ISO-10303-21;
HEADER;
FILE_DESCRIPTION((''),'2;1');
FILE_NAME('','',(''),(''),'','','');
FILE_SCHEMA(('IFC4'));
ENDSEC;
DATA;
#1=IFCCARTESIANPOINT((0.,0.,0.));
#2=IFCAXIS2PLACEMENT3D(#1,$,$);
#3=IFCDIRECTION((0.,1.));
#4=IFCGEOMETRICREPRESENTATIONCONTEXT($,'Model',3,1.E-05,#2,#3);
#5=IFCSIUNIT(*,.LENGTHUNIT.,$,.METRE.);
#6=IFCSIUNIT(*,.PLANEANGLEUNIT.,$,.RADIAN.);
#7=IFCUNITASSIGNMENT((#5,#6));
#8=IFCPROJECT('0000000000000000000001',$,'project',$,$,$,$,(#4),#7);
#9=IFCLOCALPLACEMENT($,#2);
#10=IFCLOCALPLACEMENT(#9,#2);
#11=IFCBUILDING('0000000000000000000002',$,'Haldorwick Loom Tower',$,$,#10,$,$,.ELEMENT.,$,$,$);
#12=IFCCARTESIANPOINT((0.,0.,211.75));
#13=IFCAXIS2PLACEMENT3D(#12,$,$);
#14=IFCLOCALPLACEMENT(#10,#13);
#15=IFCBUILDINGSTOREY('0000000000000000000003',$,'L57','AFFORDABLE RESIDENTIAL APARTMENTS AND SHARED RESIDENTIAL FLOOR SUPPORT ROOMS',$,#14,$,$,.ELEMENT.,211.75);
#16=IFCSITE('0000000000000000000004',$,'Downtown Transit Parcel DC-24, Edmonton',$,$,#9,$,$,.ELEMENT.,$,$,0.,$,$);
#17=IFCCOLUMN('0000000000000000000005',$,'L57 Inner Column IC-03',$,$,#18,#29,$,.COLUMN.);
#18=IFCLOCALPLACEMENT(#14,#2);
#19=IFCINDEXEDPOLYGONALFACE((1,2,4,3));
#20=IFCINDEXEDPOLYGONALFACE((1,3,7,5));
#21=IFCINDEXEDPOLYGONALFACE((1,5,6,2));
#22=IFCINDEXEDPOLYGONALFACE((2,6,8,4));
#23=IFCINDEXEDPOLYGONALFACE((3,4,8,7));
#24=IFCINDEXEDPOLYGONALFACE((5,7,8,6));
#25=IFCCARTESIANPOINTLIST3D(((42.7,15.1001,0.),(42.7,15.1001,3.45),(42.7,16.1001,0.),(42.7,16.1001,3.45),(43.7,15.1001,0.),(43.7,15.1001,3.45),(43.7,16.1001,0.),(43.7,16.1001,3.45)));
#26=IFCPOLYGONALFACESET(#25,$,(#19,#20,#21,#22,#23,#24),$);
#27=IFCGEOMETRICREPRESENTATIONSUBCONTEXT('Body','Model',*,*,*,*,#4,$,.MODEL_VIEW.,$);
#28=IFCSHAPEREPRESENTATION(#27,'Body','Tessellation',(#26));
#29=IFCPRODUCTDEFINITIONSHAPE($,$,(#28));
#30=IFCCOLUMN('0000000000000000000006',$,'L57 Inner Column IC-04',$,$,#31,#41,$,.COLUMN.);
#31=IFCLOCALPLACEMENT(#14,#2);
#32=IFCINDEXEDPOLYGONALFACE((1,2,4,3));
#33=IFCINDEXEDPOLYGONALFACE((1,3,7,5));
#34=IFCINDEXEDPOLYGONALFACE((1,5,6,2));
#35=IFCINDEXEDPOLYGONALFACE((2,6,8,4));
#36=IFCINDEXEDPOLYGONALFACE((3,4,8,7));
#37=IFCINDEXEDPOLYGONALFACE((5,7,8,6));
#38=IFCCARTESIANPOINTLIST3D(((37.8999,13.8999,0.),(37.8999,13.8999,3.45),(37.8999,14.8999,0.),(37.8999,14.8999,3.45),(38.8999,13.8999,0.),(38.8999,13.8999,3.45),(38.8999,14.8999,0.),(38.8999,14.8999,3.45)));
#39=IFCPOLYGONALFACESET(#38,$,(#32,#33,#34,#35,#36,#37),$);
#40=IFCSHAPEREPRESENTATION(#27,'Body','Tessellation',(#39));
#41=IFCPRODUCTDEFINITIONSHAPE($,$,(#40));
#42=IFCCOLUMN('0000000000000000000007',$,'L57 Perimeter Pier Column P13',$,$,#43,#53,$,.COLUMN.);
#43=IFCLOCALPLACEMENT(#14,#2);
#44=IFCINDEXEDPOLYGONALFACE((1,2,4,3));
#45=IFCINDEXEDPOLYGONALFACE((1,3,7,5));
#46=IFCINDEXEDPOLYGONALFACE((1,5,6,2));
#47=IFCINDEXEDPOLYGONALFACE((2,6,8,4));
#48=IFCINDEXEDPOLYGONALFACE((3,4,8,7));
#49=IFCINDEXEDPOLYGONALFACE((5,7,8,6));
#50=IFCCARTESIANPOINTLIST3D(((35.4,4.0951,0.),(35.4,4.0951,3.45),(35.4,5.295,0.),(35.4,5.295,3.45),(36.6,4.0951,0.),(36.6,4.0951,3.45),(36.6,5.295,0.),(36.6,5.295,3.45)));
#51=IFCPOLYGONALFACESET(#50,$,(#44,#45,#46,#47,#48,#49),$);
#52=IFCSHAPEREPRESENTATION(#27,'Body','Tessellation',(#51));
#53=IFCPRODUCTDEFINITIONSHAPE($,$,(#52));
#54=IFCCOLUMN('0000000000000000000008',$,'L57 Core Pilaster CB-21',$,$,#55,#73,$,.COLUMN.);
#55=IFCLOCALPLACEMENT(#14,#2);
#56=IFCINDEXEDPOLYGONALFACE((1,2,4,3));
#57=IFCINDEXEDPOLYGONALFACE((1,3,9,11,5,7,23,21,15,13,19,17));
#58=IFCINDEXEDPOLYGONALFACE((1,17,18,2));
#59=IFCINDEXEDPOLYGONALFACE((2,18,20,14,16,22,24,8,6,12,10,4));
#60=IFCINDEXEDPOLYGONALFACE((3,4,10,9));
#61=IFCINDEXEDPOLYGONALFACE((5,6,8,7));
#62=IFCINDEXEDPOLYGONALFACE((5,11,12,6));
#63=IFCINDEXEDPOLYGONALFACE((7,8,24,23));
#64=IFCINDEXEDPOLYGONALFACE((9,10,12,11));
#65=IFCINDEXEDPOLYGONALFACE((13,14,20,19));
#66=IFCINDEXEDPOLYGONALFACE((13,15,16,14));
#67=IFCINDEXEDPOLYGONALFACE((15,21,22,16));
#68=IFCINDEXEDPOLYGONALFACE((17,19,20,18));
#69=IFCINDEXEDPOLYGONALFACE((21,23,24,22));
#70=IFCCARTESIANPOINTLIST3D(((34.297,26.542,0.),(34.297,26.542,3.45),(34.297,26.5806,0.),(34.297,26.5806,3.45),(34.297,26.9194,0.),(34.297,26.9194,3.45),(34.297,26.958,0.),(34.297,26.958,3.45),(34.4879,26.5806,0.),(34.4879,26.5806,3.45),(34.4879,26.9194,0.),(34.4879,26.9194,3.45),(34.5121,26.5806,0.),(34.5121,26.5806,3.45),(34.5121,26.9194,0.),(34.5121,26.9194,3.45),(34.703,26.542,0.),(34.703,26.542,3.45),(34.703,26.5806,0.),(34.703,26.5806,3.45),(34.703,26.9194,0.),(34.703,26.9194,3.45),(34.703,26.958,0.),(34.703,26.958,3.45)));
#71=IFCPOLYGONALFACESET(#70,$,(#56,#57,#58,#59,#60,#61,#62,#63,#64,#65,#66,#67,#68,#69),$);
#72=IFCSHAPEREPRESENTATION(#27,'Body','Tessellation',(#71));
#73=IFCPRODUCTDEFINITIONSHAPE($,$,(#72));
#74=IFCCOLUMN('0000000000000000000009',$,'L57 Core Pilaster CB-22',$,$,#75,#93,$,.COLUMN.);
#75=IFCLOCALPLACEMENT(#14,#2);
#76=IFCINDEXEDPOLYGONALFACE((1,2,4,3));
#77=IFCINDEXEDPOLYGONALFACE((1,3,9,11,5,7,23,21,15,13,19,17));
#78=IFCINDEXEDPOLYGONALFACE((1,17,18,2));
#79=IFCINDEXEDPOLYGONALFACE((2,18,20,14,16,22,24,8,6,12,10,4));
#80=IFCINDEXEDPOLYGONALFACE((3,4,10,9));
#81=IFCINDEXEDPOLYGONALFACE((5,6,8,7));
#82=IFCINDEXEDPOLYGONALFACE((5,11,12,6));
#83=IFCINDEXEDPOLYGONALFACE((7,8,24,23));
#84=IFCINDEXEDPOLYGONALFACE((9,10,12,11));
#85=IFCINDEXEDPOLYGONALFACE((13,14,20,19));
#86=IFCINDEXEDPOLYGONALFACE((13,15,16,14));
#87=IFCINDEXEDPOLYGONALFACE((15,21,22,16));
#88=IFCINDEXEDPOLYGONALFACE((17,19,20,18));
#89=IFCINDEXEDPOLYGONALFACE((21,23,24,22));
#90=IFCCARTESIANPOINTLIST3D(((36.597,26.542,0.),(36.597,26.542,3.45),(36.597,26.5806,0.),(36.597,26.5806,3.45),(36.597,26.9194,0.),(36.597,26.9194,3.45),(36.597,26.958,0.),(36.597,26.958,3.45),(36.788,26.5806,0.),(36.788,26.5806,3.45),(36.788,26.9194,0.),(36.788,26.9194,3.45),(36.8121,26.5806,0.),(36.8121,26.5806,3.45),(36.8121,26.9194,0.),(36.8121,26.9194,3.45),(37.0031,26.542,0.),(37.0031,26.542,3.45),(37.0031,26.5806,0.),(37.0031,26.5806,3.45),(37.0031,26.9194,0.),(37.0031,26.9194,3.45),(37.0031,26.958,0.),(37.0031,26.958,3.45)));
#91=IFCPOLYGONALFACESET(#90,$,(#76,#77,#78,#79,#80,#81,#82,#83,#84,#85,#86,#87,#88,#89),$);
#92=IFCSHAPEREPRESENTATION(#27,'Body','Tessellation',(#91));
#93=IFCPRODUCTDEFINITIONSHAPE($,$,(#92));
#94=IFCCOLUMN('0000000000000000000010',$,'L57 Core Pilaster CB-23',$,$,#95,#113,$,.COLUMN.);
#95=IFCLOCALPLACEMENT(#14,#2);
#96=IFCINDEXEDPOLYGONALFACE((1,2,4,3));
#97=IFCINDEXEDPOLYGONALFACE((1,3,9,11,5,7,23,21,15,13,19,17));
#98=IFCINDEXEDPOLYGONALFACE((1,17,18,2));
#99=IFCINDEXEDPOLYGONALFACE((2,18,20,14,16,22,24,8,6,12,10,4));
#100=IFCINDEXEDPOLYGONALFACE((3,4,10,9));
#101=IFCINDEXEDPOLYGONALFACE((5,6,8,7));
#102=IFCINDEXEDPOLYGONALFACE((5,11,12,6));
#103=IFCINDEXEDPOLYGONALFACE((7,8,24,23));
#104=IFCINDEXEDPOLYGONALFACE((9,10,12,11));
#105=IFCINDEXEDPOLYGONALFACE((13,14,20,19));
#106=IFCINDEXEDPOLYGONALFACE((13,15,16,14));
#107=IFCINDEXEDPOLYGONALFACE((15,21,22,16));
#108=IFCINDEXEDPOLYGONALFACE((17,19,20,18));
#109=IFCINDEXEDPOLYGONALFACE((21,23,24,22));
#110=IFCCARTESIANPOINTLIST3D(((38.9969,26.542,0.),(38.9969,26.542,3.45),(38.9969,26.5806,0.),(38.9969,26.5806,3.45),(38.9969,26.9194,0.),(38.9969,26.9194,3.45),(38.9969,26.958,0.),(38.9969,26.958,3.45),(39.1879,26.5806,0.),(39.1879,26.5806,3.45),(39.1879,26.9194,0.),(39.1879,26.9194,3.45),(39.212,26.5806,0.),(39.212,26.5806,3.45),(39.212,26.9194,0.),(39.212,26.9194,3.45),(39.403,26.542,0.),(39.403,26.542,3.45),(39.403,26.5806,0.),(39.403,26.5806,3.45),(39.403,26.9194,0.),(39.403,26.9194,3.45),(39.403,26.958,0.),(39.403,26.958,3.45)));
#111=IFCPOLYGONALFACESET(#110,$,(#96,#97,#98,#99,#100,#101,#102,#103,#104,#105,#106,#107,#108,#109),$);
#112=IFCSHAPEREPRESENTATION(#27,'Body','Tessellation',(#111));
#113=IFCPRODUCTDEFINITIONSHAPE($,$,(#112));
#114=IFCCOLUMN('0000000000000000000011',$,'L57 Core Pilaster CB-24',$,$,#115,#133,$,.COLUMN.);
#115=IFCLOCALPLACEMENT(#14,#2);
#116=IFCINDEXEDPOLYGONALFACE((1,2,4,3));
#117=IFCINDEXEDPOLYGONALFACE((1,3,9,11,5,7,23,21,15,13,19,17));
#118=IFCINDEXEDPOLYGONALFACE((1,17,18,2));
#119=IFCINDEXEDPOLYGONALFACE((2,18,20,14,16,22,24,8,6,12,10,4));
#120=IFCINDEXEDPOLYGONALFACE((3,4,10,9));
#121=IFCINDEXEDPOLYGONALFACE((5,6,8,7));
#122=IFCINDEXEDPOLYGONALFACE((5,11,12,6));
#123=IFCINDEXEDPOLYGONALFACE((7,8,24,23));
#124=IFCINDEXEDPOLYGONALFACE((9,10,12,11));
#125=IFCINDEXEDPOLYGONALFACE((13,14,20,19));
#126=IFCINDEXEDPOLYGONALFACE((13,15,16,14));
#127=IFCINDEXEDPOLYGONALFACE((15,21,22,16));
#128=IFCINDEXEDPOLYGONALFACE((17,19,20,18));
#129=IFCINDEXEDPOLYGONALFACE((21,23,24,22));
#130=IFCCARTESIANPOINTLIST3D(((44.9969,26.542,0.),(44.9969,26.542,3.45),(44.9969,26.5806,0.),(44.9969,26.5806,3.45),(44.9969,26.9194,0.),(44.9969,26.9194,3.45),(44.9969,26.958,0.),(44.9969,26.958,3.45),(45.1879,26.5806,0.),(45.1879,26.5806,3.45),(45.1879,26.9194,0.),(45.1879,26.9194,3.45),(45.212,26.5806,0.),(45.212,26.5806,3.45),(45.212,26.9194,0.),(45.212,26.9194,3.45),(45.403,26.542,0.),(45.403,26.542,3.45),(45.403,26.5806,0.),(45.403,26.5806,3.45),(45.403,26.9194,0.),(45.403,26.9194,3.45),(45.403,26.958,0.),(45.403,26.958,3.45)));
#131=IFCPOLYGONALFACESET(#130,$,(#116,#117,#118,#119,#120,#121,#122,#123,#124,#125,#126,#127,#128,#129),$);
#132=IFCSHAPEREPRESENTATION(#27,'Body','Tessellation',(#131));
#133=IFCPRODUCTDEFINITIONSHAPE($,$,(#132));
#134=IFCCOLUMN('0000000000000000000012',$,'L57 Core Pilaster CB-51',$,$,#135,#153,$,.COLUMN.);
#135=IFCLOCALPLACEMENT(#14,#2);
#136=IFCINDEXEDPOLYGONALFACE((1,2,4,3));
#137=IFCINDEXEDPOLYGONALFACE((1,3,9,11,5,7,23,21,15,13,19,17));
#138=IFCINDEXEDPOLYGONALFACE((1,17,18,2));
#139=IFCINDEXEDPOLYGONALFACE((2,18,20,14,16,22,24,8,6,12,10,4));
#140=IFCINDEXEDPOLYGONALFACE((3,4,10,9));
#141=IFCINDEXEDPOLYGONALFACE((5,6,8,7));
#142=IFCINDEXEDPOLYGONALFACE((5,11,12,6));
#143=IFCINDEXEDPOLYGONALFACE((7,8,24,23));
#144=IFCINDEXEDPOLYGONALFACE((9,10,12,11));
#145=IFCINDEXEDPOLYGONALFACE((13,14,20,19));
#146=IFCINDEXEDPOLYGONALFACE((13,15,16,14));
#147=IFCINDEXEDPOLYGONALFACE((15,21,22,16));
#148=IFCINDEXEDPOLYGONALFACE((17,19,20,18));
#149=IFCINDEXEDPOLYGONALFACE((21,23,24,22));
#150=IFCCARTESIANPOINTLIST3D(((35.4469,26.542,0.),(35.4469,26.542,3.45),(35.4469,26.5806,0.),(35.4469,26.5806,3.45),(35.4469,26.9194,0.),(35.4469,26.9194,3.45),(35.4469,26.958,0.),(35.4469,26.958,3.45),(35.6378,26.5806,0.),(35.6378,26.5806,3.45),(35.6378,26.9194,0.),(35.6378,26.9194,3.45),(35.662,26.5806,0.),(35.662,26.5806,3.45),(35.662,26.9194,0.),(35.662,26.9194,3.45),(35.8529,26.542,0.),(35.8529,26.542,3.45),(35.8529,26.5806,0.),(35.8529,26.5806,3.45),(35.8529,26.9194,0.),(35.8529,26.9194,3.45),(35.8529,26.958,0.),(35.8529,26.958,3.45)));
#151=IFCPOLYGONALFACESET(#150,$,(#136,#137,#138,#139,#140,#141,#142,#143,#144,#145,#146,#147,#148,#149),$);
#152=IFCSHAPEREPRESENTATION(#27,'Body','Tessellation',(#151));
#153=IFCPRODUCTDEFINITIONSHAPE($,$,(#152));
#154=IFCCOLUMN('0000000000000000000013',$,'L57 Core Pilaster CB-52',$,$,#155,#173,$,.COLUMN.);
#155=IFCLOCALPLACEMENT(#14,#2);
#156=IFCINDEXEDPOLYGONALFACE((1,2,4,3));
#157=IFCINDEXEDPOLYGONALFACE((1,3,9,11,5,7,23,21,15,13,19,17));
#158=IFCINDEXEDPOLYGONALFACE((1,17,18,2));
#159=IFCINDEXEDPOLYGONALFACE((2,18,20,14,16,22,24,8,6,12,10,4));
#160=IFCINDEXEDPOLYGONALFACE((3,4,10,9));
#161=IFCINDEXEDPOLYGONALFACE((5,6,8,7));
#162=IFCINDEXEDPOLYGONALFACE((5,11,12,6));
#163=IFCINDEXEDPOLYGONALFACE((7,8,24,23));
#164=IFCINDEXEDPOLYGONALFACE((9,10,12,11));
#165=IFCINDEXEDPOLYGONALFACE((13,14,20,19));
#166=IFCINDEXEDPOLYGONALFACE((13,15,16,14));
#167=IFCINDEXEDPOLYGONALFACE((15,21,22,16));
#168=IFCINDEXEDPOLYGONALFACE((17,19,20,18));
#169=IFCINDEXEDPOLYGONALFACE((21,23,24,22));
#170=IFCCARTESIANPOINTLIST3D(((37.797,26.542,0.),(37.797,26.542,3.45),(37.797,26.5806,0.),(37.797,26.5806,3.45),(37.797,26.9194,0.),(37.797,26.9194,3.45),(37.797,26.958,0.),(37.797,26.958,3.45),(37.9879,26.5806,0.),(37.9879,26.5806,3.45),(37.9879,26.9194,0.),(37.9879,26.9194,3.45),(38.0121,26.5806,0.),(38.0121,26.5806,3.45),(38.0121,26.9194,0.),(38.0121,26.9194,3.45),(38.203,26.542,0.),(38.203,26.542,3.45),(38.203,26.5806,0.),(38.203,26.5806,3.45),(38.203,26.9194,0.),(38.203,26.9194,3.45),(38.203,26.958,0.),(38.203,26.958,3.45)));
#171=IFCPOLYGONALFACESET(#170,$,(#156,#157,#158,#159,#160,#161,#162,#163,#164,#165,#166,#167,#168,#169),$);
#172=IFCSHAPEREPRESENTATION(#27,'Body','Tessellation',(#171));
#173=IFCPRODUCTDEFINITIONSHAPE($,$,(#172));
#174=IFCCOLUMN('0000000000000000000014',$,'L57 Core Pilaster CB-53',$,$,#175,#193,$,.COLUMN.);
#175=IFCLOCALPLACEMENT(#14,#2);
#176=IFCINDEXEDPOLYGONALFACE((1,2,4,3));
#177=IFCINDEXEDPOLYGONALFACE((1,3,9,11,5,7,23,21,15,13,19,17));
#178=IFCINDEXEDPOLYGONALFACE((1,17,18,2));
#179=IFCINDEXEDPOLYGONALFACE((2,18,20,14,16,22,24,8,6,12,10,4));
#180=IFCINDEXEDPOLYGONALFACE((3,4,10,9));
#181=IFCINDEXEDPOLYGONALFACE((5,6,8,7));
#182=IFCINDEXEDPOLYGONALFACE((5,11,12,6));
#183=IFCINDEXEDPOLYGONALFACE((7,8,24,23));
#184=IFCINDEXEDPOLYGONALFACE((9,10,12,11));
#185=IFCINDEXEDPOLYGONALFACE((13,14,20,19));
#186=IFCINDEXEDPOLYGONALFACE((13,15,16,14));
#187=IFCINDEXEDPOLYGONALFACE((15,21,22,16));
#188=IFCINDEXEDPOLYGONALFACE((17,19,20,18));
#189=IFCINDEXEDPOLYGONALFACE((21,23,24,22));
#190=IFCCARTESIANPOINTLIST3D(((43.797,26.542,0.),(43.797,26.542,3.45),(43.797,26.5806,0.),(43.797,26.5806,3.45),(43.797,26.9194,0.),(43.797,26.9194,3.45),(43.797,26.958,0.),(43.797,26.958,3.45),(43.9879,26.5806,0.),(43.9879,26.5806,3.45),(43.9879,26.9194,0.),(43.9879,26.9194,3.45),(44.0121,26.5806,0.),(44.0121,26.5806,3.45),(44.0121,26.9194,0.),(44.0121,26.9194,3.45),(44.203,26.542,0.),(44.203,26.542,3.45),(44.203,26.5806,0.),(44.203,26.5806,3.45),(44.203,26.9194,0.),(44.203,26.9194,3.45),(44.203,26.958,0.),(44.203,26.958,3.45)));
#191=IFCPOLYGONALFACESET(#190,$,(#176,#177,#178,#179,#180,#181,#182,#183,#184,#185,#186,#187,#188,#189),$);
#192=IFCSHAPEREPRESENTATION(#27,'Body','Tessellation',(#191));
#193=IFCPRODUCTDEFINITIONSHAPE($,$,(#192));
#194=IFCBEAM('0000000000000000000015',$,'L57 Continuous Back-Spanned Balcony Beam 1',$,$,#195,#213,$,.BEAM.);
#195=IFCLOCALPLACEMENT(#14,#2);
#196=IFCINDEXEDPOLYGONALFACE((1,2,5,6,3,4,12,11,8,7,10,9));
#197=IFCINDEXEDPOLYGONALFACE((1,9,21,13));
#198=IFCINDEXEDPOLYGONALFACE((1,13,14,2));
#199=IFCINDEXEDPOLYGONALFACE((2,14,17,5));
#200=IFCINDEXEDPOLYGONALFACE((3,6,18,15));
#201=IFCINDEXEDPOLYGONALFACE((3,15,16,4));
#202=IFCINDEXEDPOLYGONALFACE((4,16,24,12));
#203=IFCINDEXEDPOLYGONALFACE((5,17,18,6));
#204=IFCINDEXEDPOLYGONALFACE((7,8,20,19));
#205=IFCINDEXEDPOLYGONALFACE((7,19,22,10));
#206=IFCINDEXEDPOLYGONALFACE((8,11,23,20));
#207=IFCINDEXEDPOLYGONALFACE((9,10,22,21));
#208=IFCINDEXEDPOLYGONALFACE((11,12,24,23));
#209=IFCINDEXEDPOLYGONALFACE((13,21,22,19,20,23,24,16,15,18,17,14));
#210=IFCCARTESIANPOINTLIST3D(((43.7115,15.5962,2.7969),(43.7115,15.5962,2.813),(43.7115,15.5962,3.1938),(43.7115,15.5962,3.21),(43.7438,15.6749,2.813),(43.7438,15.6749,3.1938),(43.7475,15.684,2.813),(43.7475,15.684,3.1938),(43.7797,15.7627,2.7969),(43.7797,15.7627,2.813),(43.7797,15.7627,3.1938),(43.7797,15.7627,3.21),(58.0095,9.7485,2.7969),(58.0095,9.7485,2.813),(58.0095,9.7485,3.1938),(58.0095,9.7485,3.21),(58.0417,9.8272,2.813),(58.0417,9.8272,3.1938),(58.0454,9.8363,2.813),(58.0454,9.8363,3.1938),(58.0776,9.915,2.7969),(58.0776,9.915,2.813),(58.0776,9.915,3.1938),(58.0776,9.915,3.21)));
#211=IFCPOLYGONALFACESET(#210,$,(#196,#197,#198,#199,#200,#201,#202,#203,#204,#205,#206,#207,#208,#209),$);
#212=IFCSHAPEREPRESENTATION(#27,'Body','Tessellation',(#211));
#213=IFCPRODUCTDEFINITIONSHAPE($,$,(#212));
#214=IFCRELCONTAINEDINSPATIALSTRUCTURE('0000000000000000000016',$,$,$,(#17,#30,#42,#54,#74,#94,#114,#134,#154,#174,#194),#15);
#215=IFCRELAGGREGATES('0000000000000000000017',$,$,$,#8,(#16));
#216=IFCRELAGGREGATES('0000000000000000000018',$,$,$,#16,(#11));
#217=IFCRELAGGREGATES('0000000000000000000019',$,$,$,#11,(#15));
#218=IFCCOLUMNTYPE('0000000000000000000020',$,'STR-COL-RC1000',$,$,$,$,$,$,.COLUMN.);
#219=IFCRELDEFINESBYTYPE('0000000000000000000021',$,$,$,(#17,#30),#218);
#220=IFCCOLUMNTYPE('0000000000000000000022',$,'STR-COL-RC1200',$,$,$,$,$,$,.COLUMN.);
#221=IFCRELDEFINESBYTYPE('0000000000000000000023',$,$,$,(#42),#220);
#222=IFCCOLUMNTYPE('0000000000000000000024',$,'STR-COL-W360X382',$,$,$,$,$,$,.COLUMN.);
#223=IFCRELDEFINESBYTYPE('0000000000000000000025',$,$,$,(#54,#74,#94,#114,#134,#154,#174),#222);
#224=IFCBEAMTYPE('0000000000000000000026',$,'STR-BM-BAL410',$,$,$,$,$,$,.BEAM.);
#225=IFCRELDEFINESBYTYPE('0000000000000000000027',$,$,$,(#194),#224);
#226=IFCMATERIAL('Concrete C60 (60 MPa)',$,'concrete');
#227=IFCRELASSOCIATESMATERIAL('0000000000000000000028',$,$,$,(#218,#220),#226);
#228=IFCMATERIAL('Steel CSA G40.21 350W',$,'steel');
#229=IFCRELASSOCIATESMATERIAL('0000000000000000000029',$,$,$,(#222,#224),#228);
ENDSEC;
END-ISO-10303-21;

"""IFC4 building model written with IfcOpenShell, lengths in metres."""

from ifc_helpers import new_model, si_unit, direction, frame, origin, origin_2d, place, context, subcontext, project, spatial, rectangle, i_section, extrude, material, material_profile, profile_set, type_object, element, save


model = new_model("IFC4")

# Units and contexts
model_context = context("Model", 3, precision=1e-05, world=origin(), true_north=direction((0.0, 1.0)))
body_context = subcontext(model_context, "Body", "Model", "MODEL_VIEW")
ifc_project = project(units=[si_unit("LENGTHUNIT", "METRE"), si_unit("PLANEANGLEUNIT", "RADIAN")], contexts=[model_context])

# Site, building, storey
site_placement = place(None, origin())
site = spatial("IfcSite", under=ifc_project, at=site_placement, Name="Downtown Transit Parcel DC-24, Edmonton", CompositionType="ELEMENT", RefElevation=0.0)
building_placement = place(site_placement, origin())
building = spatial("IfcBuilding", under=site, at=building_placement, Name="Haldorwick Loom Tower", CompositionType="ELEMENT")
storey_placement = place(building_placement, frame((0.0, 0.0, 211.75)))
storey = spatial("IfcBuildingStorey", under=building, at=storey_placement, Name="L57", Description="AFFORDABLE RESIDENTIAL APARTMENTS AND SHARED RESIDENTIAL FLOOR SUPPORT ROOMS", CompositionType="ELEMENT", Elevation=211.75)

# Columns
ifc_material_1 = material(Name="Concrete C60 (60 MPa)", Category="concrete")
ifc_material_profile_1 = material_profile(ifc_material_1, rectangle(XDim=1.0, YDim=1.0, at=origin_2d()), Name="RC1000X1000", Category="concrete")
ifc_profile_set_1 = profile_set([ifc_material_profile_1], Name="Concrete C60 (60 MPa)")
column_type_1 = type_object("IfcColumnType", Name="STR-COL-RC1000", PredefinedType="COLUMN", material=ifc_profile_set_1)
for number, where, z_axis, x_axis, name in (
    (1, (43.2, 15.6001, 0.0), (0.0, 0.0, 1.0), (1.0, 0.0, 0.0), "L57 Inner Column IC-03"),
    (2, (38.3999, 14.3999, 0.0), (0.0, 0.0, 1.0), (1.0, 0.0, 0.0), "L57 Inner Column IC-04"),
):
    element("IfcColumn", number, at=place(storey_placement, frame(where, z_axis=z_axis, x_axis=x_axis)), inside=storey, type_object=column_type_1, Name=name, PredefinedType="COLUMN", context=body_context, shape_type="SweptSolid", body=[
        extrude(rectangle(XDim=1.0, YDim=1.0, at=origin_2d()), origin(), (0.0, 0.0, 1.0), 3.45),
    ])
ifc_material_profile_2 = material_profile(ifc_material_1, rectangle(XDim=1.2, YDim=1.2, at=origin_2d()), Name="RC1200X1200", Category="concrete")
ifc_profile_set_2 = profile_set([ifc_material_profile_2], Name="Concrete C60 (60 MPa)")
column_type_2 = type_object("IfcColumnType", Name="STR-COL-RC1200", PredefinedType="COLUMN", material=ifc_profile_set_2)
column_placement = place(storey_placement, frame((36.0, 4.6951, 0.0), z_axis=(0.0, 0.0, 1.0), x_axis=(0.0, -1.0, 0.0)))
element("IfcColumn", 3, at=column_placement, inside=storey, type_object=column_type_2, Name="L57 Perimeter Pier Column P13", PredefinedType="COLUMN", context=body_context, shape_type="SweptSolid", body=[
    extrude(rectangle(XDim=1.2, YDim=1.2, at=origin_2d()), origin(), (0.0, 0.0, 1.0), 3.45),
])
ifc_material_2 = material(Name="Steel CSA G40.21 350W", Category="steel")
ifc_material_profile_3 = material_profile(ifc_material_2, i_section(OverallWidth=0.406, OverallDepth=0.416, WebThickness=0.0242, FlangeThickness=0.0386, at=origin_2d()), Name="W360X382", Category="steel")
ifc_profile_set_3 = profile_set([ifc_material_profile_3], Name="Steel CSA G40.21 350W")
column_type_3 = type_object("IfcColumnType", Name="STR-COL-W360X382", PredefinedType="COLUMN", material=ifc_profile_set_3)
for number, where, z_axis, x_axis, name in (
    (4, (34.5, 26.75, 0.0), (0.0, 0.0, 1.0), (1.0, 0.0, 0.0), "L57 Core Pilaster CB-21"),
    (5, (36.8, 26.75, 0.0), (0.0, 0.0, 1.0), (1.0, 0.0, 0.0), "L57 Core Pilaster CB-22"),
    (6, (39.2, 26.75, 0.0), (0.0, 0.0, 1.0), (1.0, 0.0, 0.0), "L57 Core Pilaster CB-23"),
    (7, (45.2, 26.75, 0.0), (0.0, 0.0, 1.0), (1.0, 0.0, 0.0), "L57 Core Pilaster CB-24"),
    (8, (35.6499, 26.75, 0.0), (0.0, 0.0, 1.0), (1.0, 0.0, 0.0), "L57 Core Pilaster CB-51"),
    (9, (38.0, 26.75, 0.0), (0.0, 0.0, 1.0), (1.0, 0.0, 0.0), "L57 Core Pilaster CB-52"),
    (10, (44.0, 26.75, 0.0), (0.0, 0.0, 1.0), (1.0, 0.0, 0.0), "L57 Core Pilaster CB-53"),
):
    element("IfcColumn", number, at=place(storey_placement, frame(where, z_axis=z_axis, x_axis=x_axis)), inside=storey, type_object=column_type_3, Name=name, PredefinedType="COLUMN", context=body_context, shape_type="SweptSolid", body=[
        extrude(i_section(OverallWidth=0.406, OverallDepth=0.416, WebThickness=0.0242, FlangeThickness=0.0386, at=origin_2d()), origin(), (0.0, 0.0, 1.0), 3.45),
    ])

# Beam
ifc_material_profile_4 = material_profile(ifc_material_2, i_section(OverallWidth=0.1799, OverallDepth=0.4131, WebThickness=0.0098, FlangeThickness=0.0161, at=origin_2d()), Name="W410X74", Category="steel")
ifc_profile_set_4 = profile_set([ifc_material_profile_4], Name="Steel CSA G40.21 350W")
beam_type_1 = type_object("IfcBeamType", Name="STR-BM-BAL410", PredefinedType="BEAM", material=ifc_profile_set_4)
beam_1_placement = place(storey_placement, frame((43.7456, 15.6794, 3.0034), z_axis=(0.92558, -0.378552, 0.0), x_axis=(0.378552, 0.92558, 0.0)))
element("IfcBeam", 11, at=beam_1_placement, inside=storey, type_object=beam_type_1, Name="L57 Continuous Back-Spanned Balcony Beam 1", PredefinedType="BEAM", context=body_context, shape_type="SweptSolid", body=[
    extrude(i_section(OverallWidth=0.1799, OverallDepth=0.4131, WebThickness=0.0098, FlangeThickness=0.0161, at=origin_2d()), origin(), (0.0, 0.0, 1.0), 15.4475),
])

save(model, "model.ifc")
